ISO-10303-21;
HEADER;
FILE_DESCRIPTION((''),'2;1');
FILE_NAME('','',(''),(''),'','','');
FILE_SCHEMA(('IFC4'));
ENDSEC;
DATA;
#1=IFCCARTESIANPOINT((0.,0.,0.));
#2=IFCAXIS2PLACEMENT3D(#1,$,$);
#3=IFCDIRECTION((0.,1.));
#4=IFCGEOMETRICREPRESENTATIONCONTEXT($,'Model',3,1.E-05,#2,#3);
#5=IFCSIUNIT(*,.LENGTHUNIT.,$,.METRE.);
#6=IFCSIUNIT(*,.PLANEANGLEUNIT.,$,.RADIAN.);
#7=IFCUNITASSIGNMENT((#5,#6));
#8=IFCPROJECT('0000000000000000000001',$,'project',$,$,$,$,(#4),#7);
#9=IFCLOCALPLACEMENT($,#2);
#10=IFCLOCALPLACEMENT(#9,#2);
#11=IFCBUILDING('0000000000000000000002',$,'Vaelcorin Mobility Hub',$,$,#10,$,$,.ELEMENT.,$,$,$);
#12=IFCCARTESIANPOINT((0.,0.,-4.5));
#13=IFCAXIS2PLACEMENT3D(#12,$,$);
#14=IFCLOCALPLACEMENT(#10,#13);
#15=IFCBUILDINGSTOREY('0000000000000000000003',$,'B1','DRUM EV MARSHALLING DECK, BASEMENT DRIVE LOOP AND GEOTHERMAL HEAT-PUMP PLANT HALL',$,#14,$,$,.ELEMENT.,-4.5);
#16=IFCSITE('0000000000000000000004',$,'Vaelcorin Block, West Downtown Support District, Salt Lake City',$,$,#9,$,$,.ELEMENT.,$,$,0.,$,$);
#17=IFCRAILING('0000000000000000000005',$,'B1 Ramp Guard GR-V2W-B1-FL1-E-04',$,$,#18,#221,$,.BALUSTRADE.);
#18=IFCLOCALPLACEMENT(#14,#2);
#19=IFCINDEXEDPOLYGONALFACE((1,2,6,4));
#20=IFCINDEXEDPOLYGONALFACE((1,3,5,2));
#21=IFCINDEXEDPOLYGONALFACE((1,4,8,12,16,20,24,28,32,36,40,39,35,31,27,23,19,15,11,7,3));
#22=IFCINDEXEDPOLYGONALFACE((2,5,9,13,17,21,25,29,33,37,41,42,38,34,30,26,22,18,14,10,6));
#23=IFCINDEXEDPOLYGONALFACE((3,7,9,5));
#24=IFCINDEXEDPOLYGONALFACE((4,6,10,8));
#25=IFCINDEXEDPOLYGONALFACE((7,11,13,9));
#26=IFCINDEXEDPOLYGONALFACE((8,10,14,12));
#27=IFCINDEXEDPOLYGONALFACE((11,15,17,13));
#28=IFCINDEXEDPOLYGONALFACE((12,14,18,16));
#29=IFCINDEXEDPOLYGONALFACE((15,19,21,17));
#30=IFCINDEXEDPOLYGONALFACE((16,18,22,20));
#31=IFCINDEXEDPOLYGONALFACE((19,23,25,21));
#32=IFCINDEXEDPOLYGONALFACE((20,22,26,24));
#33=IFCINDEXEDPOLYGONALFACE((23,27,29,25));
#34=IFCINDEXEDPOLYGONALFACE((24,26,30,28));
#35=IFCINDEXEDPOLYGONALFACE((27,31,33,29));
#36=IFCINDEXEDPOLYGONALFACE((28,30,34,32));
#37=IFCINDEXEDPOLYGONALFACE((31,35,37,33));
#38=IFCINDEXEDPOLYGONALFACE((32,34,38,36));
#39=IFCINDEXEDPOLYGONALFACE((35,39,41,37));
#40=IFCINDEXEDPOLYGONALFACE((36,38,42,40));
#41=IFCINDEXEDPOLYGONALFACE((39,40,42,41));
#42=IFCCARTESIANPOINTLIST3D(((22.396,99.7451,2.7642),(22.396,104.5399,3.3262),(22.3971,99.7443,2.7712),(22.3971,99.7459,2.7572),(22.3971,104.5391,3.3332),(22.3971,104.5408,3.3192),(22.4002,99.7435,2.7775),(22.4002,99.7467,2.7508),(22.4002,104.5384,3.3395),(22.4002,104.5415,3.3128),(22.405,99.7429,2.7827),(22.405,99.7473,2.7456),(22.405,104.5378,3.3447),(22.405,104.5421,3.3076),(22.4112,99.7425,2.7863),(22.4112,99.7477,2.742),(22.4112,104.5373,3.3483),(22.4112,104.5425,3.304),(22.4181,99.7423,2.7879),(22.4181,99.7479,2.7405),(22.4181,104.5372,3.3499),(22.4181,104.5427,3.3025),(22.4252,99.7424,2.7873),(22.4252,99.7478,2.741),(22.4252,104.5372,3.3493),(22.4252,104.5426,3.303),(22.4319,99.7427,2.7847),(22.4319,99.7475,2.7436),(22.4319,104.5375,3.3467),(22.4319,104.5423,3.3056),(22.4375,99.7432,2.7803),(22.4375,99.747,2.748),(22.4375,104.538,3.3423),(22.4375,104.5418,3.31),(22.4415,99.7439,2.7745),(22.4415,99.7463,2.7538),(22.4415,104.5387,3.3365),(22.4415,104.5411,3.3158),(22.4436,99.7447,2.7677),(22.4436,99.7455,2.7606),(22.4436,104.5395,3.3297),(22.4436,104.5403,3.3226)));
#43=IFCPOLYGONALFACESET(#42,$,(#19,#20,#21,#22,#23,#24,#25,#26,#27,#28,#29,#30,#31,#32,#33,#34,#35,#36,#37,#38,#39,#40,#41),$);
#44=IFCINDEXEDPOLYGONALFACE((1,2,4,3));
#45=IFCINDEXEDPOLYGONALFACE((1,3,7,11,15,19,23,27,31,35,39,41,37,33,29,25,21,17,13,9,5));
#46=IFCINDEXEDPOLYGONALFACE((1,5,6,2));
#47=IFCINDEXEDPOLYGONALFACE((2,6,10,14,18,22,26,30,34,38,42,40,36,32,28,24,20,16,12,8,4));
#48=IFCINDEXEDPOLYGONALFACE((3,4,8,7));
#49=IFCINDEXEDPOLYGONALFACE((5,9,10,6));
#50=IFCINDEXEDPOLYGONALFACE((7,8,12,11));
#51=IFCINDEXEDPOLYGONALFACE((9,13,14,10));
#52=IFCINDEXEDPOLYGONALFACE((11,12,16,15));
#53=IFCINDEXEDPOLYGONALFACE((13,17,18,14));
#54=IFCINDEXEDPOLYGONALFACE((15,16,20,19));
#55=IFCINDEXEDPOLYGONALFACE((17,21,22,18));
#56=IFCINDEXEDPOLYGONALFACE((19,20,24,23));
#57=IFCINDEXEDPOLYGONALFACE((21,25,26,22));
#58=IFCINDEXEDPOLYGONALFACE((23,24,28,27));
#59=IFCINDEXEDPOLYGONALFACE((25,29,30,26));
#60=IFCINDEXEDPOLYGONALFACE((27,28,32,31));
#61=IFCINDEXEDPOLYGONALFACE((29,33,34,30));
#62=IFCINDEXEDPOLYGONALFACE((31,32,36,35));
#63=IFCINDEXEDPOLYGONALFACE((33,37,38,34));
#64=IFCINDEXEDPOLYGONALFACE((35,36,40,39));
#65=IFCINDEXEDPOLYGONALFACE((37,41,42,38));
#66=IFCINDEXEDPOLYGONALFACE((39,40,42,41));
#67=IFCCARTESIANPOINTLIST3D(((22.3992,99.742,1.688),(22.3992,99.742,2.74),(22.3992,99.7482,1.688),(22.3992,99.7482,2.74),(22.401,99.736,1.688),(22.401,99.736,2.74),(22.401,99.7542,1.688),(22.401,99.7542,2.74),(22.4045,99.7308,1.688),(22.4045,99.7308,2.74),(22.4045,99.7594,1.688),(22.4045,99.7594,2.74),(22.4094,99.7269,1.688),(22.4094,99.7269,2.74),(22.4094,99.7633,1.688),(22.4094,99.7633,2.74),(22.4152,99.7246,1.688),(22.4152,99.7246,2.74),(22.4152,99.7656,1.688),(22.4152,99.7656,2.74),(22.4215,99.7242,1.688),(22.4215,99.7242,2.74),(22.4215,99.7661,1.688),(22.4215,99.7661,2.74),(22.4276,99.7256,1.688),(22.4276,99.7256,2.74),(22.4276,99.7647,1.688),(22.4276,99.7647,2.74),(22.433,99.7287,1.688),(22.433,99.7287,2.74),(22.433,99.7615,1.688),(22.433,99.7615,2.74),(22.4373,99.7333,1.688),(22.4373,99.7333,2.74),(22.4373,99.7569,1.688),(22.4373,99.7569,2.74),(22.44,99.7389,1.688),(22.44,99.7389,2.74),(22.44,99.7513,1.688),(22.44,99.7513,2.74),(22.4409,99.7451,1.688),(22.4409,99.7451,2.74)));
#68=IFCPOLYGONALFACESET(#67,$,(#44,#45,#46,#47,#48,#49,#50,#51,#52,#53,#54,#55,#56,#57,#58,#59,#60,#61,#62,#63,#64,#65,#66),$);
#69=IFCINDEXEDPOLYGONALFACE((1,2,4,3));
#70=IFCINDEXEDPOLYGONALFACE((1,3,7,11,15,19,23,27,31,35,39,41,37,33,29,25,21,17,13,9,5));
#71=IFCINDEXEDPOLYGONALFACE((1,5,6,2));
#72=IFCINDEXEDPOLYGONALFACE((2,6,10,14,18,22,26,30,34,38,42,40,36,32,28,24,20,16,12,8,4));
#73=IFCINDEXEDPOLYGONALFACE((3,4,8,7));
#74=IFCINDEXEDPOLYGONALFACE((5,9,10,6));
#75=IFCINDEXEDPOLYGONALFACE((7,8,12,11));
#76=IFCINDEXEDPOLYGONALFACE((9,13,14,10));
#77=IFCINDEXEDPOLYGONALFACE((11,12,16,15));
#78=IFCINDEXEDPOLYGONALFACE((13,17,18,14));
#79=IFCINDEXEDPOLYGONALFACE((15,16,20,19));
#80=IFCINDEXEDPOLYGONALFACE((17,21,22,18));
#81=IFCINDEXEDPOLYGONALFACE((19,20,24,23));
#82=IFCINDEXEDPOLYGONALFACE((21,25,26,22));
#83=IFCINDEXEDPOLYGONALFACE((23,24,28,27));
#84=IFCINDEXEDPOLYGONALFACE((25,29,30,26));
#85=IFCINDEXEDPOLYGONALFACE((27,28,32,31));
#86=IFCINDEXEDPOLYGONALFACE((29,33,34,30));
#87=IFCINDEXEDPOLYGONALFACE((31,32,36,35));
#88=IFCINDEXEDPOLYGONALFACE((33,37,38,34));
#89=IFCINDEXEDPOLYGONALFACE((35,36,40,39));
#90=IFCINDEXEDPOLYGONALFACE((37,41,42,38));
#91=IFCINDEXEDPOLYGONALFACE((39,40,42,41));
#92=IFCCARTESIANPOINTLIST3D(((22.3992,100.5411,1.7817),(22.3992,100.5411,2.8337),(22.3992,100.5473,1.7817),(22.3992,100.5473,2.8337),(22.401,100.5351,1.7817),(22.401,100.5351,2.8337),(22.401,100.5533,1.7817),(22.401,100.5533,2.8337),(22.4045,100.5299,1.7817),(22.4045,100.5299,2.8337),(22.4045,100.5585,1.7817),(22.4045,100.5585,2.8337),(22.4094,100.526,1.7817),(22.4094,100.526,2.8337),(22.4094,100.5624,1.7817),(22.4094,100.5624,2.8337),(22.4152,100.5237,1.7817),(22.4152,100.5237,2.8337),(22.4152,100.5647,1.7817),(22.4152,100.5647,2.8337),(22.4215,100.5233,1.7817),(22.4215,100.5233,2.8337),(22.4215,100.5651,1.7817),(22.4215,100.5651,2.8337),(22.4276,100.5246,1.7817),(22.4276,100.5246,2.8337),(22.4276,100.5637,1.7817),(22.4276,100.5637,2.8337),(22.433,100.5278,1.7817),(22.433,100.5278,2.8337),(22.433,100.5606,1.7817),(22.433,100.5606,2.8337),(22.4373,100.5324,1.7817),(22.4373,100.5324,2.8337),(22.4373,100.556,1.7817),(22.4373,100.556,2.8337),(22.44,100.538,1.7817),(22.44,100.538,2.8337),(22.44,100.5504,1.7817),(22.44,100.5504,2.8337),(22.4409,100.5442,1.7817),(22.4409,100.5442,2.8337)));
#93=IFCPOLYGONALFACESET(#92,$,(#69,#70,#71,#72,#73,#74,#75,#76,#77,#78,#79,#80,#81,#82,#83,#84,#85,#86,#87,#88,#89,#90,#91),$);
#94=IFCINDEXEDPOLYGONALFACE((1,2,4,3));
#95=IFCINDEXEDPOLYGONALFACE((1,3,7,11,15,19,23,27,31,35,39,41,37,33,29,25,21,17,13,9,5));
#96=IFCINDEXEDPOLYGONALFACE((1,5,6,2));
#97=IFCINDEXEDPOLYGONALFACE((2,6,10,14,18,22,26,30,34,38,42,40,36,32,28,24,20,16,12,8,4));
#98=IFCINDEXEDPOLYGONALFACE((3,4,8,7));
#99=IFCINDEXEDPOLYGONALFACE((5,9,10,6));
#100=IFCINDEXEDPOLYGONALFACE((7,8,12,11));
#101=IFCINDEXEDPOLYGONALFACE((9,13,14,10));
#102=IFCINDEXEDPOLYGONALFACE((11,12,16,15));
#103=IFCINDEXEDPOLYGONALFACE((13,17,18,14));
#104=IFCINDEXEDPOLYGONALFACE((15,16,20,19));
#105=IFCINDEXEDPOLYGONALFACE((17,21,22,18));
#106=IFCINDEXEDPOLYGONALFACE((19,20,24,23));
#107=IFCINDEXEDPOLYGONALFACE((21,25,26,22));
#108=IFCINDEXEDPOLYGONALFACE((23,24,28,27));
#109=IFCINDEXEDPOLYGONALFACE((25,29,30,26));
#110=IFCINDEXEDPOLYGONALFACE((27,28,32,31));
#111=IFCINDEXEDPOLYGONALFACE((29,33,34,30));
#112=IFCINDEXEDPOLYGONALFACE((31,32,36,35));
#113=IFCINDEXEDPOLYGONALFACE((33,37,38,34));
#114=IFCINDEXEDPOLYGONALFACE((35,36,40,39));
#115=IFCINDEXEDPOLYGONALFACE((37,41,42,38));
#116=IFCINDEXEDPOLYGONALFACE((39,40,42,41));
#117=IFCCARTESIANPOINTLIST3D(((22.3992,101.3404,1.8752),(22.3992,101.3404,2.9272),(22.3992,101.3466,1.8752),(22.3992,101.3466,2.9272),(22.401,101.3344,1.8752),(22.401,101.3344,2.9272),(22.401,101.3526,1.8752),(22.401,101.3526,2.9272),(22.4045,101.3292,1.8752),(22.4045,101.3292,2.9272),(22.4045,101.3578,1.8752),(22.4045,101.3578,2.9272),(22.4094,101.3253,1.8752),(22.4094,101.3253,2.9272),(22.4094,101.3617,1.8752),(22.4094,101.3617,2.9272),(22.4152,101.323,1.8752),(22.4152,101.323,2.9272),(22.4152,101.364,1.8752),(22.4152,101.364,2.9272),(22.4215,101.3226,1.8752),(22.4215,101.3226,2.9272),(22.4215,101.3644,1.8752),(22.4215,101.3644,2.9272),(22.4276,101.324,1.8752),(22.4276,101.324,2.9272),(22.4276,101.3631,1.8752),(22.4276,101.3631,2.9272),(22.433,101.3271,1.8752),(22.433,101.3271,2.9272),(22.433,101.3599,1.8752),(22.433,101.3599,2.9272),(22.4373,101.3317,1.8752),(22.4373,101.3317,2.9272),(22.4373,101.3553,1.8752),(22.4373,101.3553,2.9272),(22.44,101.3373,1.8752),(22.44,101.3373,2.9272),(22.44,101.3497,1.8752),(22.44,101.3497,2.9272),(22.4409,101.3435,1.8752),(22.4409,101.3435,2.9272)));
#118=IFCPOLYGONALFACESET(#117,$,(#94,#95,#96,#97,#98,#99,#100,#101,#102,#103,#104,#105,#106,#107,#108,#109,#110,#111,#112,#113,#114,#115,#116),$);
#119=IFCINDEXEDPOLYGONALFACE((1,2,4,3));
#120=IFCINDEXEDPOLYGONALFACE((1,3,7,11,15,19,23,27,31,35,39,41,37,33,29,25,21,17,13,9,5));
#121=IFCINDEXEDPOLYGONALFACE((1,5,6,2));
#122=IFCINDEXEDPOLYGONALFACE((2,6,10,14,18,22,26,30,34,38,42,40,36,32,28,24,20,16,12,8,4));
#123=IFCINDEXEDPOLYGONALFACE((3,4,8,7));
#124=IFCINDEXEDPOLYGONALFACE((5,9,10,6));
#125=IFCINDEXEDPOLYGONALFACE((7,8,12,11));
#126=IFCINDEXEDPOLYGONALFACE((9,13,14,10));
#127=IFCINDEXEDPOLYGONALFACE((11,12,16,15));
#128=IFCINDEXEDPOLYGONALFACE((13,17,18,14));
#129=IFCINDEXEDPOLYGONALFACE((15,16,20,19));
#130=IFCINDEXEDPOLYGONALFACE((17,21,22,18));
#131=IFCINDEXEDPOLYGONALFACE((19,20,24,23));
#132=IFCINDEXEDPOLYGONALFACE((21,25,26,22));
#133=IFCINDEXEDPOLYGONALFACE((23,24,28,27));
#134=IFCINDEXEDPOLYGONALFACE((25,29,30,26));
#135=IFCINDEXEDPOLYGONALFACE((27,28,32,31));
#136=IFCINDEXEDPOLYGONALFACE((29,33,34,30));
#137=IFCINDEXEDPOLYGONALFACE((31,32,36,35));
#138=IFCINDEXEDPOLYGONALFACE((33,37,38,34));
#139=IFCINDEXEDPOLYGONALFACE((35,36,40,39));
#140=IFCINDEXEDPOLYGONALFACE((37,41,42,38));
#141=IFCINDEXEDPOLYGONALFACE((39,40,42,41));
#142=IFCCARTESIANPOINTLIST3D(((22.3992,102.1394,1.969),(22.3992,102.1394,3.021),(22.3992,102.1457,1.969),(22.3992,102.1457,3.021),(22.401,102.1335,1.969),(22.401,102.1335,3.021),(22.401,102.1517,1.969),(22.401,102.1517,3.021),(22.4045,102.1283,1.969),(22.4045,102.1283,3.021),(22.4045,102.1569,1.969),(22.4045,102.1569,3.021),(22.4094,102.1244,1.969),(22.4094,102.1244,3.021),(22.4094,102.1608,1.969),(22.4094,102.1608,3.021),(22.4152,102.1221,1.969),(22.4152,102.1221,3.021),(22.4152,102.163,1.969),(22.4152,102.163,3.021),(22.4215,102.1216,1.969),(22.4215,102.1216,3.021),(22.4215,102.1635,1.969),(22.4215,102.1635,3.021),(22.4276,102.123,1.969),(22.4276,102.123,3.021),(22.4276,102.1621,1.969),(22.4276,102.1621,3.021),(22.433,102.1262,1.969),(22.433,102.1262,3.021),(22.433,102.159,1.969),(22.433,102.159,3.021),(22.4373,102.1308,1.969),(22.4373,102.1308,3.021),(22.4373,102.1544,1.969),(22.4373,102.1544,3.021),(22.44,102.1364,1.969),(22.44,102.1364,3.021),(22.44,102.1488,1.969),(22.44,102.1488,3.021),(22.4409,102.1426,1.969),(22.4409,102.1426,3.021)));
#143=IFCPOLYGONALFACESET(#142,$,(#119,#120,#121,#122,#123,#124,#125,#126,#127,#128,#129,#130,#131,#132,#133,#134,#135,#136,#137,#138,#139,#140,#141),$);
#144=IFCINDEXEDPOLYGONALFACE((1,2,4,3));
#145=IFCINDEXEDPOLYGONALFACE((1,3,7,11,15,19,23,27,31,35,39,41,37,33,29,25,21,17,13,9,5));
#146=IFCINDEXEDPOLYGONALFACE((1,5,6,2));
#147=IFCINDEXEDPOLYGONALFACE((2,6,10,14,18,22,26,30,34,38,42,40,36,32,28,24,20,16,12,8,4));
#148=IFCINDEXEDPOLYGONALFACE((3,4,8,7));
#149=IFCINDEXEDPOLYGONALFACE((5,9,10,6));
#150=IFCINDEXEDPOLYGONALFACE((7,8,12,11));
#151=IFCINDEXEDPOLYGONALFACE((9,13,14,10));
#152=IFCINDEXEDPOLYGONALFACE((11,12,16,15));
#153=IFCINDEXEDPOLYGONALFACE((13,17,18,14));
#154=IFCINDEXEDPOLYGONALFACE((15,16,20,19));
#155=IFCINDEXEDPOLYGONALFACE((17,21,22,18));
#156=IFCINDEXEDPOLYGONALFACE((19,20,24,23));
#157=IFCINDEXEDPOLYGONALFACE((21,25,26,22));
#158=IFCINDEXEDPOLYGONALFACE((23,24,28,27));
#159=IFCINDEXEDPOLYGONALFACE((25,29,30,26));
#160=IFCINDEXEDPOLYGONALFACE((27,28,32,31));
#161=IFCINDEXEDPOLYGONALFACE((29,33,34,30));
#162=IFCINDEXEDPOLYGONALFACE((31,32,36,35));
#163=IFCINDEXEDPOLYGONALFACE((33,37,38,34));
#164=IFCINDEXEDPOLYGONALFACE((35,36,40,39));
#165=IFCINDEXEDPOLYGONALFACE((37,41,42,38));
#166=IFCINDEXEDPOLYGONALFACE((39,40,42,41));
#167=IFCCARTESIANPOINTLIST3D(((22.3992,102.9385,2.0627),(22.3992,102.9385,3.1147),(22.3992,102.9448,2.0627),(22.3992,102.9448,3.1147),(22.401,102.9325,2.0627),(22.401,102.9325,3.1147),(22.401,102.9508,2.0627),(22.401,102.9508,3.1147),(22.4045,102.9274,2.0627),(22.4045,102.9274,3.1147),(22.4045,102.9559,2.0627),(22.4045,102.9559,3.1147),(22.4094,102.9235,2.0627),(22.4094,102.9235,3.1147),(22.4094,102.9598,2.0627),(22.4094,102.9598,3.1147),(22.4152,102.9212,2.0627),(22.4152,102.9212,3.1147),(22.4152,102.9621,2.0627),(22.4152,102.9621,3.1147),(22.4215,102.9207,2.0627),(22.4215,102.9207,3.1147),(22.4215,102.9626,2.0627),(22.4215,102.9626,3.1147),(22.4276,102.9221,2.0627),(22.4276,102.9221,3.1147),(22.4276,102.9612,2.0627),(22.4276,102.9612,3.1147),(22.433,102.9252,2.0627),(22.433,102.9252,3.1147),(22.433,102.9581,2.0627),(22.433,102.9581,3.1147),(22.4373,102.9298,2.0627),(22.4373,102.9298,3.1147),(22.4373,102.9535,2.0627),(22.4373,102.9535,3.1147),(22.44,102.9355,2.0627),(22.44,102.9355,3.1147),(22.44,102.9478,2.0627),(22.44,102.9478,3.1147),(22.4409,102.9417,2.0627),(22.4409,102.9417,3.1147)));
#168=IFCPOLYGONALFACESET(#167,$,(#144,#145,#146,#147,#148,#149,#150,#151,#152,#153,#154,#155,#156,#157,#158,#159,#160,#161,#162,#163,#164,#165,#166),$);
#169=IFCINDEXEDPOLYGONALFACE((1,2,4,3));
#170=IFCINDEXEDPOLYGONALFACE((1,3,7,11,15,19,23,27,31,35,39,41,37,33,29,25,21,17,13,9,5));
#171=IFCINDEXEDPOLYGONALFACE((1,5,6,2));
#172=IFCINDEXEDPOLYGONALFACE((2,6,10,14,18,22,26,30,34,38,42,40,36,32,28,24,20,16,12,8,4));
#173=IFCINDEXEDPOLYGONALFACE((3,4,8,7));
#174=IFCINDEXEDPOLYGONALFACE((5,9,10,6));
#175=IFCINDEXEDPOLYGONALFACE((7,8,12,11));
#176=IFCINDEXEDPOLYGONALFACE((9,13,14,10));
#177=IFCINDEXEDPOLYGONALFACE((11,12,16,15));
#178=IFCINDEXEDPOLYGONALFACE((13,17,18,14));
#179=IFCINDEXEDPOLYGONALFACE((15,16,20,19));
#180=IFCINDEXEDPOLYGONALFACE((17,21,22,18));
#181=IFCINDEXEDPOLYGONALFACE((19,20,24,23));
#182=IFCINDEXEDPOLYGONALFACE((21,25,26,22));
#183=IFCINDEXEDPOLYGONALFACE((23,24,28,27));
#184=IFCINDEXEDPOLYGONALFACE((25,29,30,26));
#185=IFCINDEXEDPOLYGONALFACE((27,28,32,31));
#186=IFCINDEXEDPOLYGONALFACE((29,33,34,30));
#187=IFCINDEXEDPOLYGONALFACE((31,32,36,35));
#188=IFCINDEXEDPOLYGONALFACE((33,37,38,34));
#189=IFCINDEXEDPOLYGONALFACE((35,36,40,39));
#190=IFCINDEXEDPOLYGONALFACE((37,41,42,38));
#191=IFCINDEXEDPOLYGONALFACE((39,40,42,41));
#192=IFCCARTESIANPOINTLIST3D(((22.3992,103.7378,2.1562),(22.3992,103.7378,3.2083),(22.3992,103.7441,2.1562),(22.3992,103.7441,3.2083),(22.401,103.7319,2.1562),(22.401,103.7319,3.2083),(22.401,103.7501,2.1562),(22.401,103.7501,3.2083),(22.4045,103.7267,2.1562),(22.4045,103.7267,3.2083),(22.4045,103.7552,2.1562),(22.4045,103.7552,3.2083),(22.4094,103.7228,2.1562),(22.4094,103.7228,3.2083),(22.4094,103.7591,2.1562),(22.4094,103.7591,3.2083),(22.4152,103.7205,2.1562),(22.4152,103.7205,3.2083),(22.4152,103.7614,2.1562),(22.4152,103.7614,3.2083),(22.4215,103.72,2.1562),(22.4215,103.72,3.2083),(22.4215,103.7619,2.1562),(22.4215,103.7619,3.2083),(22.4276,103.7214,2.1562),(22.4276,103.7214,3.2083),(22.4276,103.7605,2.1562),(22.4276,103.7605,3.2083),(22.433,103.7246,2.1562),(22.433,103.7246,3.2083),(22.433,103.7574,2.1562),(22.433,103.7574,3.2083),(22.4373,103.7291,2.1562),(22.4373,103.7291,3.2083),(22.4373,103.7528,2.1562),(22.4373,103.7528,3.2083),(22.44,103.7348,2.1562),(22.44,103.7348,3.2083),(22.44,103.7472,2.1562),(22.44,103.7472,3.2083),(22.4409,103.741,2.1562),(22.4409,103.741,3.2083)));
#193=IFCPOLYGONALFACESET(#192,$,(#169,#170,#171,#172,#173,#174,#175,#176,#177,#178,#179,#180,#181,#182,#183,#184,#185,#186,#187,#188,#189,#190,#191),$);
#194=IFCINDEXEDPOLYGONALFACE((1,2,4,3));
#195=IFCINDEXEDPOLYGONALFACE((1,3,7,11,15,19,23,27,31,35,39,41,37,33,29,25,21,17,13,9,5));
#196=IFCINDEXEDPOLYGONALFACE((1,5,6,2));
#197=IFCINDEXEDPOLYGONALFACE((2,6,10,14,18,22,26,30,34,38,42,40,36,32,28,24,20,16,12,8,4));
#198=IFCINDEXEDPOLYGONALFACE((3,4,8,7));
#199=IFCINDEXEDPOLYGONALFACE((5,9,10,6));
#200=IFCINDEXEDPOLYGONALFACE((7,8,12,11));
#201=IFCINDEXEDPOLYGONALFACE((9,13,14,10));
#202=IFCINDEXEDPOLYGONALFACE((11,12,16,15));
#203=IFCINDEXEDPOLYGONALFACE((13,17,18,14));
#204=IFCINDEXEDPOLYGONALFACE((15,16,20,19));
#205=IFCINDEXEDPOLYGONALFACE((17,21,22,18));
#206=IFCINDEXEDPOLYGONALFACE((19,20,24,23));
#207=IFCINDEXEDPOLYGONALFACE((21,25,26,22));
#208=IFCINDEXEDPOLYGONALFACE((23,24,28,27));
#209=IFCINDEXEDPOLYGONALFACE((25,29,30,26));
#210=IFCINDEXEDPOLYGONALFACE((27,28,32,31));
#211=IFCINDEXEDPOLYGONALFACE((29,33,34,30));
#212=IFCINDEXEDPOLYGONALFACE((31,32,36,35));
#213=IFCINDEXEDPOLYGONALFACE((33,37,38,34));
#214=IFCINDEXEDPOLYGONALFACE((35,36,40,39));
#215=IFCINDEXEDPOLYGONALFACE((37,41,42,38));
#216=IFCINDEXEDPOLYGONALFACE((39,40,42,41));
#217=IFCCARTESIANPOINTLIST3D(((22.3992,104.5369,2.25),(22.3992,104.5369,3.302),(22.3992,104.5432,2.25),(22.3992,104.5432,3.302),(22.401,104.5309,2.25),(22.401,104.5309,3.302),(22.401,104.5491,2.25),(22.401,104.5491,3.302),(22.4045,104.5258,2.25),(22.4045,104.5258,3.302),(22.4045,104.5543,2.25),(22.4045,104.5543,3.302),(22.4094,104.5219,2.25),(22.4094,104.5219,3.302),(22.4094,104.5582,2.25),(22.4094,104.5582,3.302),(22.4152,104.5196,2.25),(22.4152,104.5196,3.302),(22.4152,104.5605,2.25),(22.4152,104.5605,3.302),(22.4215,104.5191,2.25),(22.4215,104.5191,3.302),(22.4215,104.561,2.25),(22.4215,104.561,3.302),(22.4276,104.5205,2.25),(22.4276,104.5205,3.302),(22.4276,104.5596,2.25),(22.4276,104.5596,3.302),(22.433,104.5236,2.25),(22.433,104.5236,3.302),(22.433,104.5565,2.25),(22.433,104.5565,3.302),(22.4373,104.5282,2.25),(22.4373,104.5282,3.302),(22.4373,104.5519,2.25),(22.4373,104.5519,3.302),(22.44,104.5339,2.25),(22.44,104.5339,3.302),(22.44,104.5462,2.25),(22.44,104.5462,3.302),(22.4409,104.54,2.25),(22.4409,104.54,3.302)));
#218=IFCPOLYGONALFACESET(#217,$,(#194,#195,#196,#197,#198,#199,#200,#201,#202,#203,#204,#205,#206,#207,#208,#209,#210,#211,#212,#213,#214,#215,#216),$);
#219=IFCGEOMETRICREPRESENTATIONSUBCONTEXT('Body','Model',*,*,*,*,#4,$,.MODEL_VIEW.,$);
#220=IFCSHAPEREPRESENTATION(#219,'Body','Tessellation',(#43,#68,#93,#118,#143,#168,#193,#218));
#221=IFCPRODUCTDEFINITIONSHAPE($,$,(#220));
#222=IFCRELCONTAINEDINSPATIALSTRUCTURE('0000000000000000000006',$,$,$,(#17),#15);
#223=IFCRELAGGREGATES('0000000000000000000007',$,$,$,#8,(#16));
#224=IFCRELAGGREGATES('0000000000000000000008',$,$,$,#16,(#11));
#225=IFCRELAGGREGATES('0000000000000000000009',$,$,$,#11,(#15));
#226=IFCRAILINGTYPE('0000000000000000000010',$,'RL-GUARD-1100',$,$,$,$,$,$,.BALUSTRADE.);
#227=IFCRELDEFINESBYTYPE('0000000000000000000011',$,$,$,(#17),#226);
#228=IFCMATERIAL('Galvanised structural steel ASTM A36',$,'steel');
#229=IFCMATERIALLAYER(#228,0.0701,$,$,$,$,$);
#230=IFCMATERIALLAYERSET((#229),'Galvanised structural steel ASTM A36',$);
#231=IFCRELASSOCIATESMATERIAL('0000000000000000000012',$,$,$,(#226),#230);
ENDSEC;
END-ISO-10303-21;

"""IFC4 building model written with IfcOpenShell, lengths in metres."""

from ifc_helpers import new_model, si_unit, direction, frame, origin, origin_2d, place, context, subcontext, project, spatial, circle, extrude, material, layer, layer_set, type_object, element, save


model = new_model("IFC4")

# Units and contexts
model_context = context("Model", 3, precision=1e-05, world=origin(), true_north=direction((0.0, 1.0)))
body_context = subcontext(model_context, "Body", "Model", "MODEL_VIEW")
ifc_project = project(units=[si_unit("LENGTHUNIT", "METRE"), si_unit("PLANEANGLEUNIT", "RADIAN")], contexts=[model_context])

# Site, building, storey
site_placement = place(None, origin())
site = spatial("IfcSite", under=ifc_project, at=site_placement, Name="Vaelcorin Block, West Downtown Support District, Salt Lake City", CompositionType="ELEMENT", RefElevation=0.0)
building_placement = place(site_placement, origin())
building = spatial("IfcBuilding", under=site, at=building_placement, Name="Vaelcorin Mobility Hub", CompositionType="ELEMENT")
storey_placement = place(building_placement, frame((0.0, 0.0, -4.5)))
storey = spatial("IfcBuildingStorey", under=building, at=storey_placement, Name="B1", Description="DRUM EV MARSHALLING DECK, BASEMENT DRIVE LOOP AND GEOTHERMAL HEAT-PUMP PLANT HALL", CompositionType="ELEMENT", Elevation=-4.5)

# Railing
ifc_material_1 = material(Name="Galvanised structural steel ASTM A36", Category="steel")
ifc_layer = layer(ifc_material_1, 0.0701)
ifc_layer_set = layer_set([ifc_layer], Name="Galvanised structural steel ASTM A36")
railing_type = type_object("IfcRailingType", Name="RL-GUARD-1100", PredefinedType="BALUSTRADE", material=ifc_layer_set)
railing_1_placement = place(storey_placement, frame((22.4199, 99.7451, 1.688)))
element("IfcRailing", 1, at=railing_1_placement, inside=storey, type_object=railing_type, Name="B1 Ramp Guard GR-V2W-B1-FL1-E-04", PredefinedType="BALUSTRADE", context=body_context, shape_type="SweptSolid", body=[
    extrude(circle(Radius=0.0239, at=origin_2d()), frame((0.0, 0.0, 1.0762), z_axis=(0.0, 0.993201, 0.116413), x_axis=(-1.0, 0.0, 0.0)), (0.0, 0.0, 1.0), 4.8276),
    extrude(circle(Radius=0.021, at=origin_2d()), origin(), (0.0, 0.0, 1.0), 1.052),
    extrude(circle(Radius=0.021, at=origin_2d()), frame((0.0, 0.7991, 0.0938)), (0.0, 0.0, 1.0), 1.052),
    extrude(circle(Radius=0.021, at=origin_2d()), frame((0.0, 1.5984, 0.1873)), (0.0, 0.0, 1.0), 1.052),
    extrude(circle(Radius=0.021, at=origin_2d()), frame((0.0, 2.3975, 0.281)), (0.0, 0.0, 1.0), 1.052),
    extrude(circle(Radius=0.021, at=origin_2d()), frame((0.0, 3.1965, 0.3748)), (0.0, 0.0, 1.0), 1.052),
    extrude(circle(Radius=0.021, at=origin_2d()), frame((0.0, 3.9958, 0.4683)), (0.0, 0.0, 1.0), 1.052),
    extrude(circle(Radius=0.021, at=origin_2d()), frame((0.0, 4.7949, 0.562)), (0.0, 0.0, 1.0), 1.052),
])

save(model, "model.ifc")
